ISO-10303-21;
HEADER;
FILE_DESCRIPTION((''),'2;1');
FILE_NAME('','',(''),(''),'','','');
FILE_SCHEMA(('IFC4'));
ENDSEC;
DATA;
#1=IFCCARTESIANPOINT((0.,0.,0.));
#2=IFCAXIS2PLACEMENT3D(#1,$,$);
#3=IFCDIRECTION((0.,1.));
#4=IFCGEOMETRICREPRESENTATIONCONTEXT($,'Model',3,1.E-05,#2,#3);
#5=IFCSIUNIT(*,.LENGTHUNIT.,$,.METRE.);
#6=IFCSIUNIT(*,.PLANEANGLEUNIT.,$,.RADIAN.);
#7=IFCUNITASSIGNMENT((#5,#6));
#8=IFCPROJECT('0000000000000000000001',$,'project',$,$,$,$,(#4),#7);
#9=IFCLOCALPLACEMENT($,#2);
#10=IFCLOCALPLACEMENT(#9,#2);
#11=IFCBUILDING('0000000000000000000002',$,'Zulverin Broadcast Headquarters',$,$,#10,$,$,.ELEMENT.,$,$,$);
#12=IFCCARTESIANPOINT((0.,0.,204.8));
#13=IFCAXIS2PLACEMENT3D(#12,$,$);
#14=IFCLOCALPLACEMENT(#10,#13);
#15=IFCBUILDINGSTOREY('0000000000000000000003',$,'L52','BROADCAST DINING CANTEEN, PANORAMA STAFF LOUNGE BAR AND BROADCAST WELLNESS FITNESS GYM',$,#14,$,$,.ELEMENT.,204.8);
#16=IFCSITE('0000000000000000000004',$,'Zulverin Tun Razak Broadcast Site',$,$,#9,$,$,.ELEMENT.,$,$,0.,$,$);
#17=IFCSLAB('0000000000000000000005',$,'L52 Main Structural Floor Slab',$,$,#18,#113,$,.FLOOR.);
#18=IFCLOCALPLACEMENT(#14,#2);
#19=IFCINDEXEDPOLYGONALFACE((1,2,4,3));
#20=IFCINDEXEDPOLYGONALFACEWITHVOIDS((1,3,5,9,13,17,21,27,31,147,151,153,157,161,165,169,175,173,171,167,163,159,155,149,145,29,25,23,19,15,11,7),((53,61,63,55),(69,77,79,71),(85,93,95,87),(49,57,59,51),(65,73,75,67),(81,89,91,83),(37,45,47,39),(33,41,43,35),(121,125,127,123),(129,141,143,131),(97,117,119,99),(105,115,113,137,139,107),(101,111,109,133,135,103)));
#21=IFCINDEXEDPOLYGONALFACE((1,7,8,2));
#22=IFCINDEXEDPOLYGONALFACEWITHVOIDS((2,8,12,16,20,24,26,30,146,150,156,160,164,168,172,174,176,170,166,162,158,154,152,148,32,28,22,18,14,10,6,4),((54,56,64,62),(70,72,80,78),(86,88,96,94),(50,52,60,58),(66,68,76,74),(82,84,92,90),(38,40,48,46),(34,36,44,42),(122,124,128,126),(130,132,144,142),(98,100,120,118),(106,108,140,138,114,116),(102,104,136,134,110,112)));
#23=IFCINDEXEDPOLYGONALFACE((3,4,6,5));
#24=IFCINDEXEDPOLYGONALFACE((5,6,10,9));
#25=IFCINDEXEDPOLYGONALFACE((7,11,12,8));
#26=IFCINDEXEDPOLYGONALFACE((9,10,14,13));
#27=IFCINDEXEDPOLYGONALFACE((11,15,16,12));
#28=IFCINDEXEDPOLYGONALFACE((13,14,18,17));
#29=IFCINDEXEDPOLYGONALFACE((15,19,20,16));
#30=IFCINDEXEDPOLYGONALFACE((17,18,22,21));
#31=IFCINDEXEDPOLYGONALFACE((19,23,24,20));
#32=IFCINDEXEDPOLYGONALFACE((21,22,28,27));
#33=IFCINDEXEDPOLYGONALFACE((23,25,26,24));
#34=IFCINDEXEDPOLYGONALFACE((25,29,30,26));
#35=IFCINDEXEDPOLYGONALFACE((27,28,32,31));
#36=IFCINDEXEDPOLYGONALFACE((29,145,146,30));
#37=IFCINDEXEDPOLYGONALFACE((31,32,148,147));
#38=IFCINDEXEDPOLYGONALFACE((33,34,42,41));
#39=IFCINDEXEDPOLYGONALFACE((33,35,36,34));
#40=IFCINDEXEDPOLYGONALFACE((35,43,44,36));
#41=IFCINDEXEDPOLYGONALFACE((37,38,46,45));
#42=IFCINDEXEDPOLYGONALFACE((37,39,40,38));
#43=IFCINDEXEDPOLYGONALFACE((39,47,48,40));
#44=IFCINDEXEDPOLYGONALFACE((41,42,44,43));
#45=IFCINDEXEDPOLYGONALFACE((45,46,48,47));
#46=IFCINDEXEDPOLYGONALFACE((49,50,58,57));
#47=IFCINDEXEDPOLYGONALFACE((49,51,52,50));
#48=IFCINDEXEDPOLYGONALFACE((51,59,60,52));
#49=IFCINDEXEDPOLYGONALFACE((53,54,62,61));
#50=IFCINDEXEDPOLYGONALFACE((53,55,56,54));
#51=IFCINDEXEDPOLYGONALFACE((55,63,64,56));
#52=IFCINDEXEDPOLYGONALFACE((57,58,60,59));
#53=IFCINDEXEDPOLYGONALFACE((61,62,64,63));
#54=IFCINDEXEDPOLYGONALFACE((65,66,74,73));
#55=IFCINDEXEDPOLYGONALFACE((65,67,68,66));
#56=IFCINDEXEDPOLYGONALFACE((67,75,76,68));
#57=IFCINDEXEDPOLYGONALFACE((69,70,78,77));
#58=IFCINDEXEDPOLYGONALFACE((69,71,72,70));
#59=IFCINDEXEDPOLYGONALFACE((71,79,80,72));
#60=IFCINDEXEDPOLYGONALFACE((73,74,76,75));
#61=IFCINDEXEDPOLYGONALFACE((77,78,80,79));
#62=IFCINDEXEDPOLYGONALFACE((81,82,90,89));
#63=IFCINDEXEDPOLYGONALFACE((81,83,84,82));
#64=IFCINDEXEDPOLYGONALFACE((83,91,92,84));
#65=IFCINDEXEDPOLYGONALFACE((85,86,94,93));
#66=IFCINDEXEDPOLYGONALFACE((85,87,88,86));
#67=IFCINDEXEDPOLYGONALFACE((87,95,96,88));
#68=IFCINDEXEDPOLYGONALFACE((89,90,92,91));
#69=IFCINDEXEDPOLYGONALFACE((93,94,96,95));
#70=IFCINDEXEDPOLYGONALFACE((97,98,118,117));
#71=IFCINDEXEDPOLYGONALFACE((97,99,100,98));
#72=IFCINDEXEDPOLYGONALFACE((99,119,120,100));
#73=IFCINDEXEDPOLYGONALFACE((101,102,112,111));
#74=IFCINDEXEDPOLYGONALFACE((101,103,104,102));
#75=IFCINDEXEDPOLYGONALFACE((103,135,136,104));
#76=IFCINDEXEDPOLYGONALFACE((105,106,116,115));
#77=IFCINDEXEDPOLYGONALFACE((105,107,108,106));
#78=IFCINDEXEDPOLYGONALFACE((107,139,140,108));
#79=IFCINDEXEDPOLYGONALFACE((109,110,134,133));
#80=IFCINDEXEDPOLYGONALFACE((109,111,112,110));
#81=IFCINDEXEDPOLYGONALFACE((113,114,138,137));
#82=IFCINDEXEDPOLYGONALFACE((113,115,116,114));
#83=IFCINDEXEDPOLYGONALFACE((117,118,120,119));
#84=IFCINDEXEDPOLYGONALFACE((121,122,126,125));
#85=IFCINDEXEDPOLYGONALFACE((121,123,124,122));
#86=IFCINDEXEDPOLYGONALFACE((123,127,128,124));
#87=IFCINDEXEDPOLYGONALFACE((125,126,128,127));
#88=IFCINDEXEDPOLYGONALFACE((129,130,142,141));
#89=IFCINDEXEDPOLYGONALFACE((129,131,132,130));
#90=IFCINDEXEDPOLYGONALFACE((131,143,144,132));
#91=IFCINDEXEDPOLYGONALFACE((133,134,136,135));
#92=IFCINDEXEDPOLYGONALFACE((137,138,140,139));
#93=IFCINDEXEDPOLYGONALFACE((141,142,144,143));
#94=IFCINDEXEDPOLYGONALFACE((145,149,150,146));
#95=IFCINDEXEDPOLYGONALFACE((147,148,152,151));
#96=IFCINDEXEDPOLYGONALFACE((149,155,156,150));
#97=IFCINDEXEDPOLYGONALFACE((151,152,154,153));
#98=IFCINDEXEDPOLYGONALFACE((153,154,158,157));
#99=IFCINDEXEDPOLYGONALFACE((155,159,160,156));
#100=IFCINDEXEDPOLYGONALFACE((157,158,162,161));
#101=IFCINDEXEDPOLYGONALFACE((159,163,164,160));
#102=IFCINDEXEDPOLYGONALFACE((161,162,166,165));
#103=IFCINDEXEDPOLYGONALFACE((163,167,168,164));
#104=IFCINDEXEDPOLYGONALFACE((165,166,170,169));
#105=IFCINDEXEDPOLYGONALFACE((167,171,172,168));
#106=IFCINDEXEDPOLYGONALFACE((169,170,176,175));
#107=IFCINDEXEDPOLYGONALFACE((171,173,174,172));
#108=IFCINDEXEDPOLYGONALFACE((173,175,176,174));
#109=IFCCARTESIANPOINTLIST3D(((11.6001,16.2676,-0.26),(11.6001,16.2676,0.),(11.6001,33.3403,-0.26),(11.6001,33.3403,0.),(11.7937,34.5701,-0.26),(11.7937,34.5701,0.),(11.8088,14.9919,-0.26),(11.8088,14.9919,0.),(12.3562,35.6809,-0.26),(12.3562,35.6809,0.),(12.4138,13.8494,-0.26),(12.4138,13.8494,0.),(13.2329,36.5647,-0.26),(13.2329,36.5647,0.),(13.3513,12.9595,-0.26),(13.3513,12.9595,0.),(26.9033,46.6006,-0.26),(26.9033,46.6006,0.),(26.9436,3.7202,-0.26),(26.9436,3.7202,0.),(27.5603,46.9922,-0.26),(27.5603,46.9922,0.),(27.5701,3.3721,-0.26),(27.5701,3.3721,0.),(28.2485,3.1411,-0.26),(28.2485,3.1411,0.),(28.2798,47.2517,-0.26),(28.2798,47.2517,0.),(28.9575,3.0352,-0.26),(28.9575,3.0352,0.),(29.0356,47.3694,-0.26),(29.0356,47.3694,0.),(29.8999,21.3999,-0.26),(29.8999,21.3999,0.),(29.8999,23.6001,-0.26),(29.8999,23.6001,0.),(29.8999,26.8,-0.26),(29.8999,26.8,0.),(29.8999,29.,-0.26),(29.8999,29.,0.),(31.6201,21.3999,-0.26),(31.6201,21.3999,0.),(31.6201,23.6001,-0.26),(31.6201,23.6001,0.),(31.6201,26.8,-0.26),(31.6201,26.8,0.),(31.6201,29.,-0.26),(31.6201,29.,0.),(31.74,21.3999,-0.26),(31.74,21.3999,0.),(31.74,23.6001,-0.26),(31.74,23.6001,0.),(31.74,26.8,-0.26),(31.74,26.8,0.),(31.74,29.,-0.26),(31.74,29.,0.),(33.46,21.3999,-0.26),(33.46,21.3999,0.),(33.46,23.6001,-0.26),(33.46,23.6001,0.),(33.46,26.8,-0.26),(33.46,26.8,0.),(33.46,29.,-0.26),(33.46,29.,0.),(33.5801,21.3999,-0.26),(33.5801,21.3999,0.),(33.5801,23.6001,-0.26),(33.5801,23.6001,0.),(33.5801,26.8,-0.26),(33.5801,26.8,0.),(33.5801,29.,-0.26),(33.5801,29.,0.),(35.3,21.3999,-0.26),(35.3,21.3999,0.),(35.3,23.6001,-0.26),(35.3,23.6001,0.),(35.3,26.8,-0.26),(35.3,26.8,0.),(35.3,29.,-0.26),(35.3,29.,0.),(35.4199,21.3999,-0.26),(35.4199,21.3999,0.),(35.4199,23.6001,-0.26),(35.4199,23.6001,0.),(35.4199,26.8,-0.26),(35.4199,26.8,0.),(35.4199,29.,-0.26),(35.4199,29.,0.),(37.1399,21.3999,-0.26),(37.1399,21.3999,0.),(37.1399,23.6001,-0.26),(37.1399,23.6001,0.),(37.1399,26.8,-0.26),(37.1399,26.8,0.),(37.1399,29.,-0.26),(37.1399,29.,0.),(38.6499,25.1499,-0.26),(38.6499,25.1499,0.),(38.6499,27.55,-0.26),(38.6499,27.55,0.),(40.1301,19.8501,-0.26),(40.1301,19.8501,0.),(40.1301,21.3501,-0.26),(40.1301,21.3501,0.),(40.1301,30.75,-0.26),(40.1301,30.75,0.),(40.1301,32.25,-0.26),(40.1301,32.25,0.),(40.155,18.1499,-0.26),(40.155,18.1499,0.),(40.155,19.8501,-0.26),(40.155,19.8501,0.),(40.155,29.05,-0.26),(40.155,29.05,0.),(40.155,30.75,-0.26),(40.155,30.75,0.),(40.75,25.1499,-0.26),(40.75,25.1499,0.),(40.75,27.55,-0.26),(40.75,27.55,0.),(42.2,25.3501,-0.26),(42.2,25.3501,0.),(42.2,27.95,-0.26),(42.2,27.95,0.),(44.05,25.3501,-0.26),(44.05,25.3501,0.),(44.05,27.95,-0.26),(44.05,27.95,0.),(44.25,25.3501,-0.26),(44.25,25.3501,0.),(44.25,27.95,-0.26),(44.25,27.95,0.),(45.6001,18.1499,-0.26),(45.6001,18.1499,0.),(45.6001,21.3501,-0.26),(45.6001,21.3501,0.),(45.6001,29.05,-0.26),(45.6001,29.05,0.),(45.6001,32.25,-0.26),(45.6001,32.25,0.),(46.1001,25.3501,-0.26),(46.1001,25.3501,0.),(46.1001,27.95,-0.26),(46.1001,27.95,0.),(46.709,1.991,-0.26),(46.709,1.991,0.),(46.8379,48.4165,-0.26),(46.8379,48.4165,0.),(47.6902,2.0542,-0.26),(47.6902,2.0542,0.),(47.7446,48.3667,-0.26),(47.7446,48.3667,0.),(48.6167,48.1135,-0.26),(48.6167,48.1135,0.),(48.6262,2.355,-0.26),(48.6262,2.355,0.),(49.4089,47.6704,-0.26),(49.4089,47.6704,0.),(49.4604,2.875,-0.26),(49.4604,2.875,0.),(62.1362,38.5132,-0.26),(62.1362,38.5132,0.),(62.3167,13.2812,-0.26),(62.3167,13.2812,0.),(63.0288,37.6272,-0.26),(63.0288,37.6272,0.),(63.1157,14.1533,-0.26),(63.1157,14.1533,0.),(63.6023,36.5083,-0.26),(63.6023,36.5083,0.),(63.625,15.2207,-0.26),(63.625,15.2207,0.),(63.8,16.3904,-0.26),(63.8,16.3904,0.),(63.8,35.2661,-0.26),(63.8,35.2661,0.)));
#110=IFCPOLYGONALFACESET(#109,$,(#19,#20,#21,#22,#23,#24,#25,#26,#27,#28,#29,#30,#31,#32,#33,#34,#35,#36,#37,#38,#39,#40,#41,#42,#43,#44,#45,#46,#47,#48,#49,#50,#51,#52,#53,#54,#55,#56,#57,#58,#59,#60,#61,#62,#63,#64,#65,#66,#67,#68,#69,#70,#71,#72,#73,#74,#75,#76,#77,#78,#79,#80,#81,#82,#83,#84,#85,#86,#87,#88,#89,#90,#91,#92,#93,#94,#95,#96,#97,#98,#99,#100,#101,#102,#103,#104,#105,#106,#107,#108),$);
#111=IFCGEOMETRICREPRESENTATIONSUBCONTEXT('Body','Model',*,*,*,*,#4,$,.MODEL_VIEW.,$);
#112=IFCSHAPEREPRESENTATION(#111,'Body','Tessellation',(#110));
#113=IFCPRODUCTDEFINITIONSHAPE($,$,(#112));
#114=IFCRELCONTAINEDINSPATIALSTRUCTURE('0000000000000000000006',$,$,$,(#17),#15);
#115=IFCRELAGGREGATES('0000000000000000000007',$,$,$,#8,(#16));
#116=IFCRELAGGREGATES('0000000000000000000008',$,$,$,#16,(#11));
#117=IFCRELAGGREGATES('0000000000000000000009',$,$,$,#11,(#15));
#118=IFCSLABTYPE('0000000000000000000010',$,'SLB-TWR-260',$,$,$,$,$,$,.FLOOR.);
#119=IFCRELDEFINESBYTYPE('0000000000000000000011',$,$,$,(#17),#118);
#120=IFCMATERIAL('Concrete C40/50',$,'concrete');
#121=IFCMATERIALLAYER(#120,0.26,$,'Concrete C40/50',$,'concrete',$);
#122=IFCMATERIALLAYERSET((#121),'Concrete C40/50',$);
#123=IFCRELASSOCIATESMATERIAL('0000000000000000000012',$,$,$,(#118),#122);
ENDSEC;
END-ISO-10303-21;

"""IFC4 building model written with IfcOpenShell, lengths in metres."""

from ifc_helpers import new_model, si_unit, direction, frame, origin, place, context, subcontext, project, spatial, polyline, outline, extrude, material, layer, layer_set, type_object, element, save


model = new_model("IFC4")

# Units and contexts
model_context = context("Model", 3, precision=1e-05, world=origin(), true_north=direction((0.0, 1.0)))
body_context = subcontext(model_context, "Body", "Model", "MODEL_VIEW")
ifc_project = project(units=[si_unit("LENGTHUNIT", "METRE"), si_unit("PLANEANGLEUNIT", "RADIAN")], contexts=[model_context])

# Site, building, storey
site_placement = place(None, origin())
site = spatial("IfcSite", under=ifc_project, at=site_placement, Name="Zulverin Tun Razak Broadcast Site", CompositionType="ELEMENT", RefElevation=0.0)
building_placement = place(site_placement, origin())
building = spatial("IfcBuilding", under=site, at=building_placement, Name="Zulverin Broadcast Headquarters", CompositionType="ELEMENT")
storey_placement = place(building_placement, frame((0.0, 0.0, 204.8)))
storey = spatial("IfcBuildingStorey", under=building, at=storey_placement, Name="L52", Description="BROADCAST DINING CANTEEN, PANORAMA STAFF LOUNGE BAR AND BROADCAST WELLNESS FITNESS GYM", CompositionType="ELEMENT", Elevation=204.8)

# Shared definitions
ifc_material_1 = material(Name="Concrete C40/50", Category="concrete")

# Slab
ifc_layer_1 = layer(ifc_material_1, 0.26, Name="Concrete C40/50", Category="concrete")
ifc_layer_set_1 = layer_set([ifc_layer_1], Name="Concrete C40/50")
slab_type_1 = type_object("IfcSlabType", Name="SLB-TWR-260", PredefinedType="FLOOR", material=ifc_layer_set_1)
slab_1_placement = place(storey_placement, frame((0.0, 0.0, -0.26)))
element("IfcSlab", 1, at=slab_1_placement, inside=storey, type_object=slab_type_1, Name="L52 Main Structural Floor Slab", PredefinedType="FLOOR", context=body_context, shape_type="SweptSolid", body=[
    extrude(outline(polyline([(26.9436, 3.7202), (27.5701, 3.3721), (28.2485, 3.1411), (28.9575, 3.0352), (46.709, 1.991), (47.6902, 2.0542), (48.6262, 2.355), (49.4604, 2.875), (62.3167, 13.2812), (63.1157, 14.1533), (63.625, 15.2207), (63.8, 16.3904), (63.8, 35.2661), (63.6023, 36.5083), (63.0288, 37.6272), (62.1362, 38.5132), (49.4089, 47.6704), (48.6167, 48.1135), (47.7446, 48.3667), (46.8379, 48.4165), (29.0356, 47.3694), (28.2798, 47.2517), (27.5603, 46.9922), (26.9033, 46.6006), (13.2329, 36.5647), (12.3562, 35.6809), (11.7937, 34.5701), (11.6001, 33.3403), (11.6001, 16.2676), (11.8088, 14.9919), (12.4138, 13.8494), (13.3513, 12.9595), (26.9436, 3.7202)]), holes=[polyline([(40.155, 30.75), (40.1301, 30.75), (40.1301, 32.25), (45.6001, 32.25), (45.6001, 29.05), (40.155, 29.05), (40.155, 30.75)]), polyline([(40.155, 19.8501), (40.1301, 19.8501), (40.1301, 21.3501), (45.6001, 21.3501), (45.6001, 18.1499), (40.155, 18.1499), (40.155, 19.8501)]), polyline([(29.8999, 21.3999), (31.6201, 21.3999), (31.6201, 23.6001), (29.8999, 23.6001), (29.8999, 21.3999)]), polyline([(31.74, 21.3999), (33.46, 21.3999), (33.46, 23.6001), (31.74, 23.6001), (31.74, 21.3999)]), polyline([(33.5801, 21.3999), (35.3, 21.3999), (35.3, 23.6001), (33.5801, 23.6001), (33.5801, 21.3999)]), polyline([(35.4199, 21.3999), (37.1399, 21.3999), (37.1399, 23.6001), (35.4199, 23.6001), (35.4199, 21.3999)]), polyline([(29.8999, 26.8), (31.6201, 26.8), (31.6201, 29.0), (29.8999, 29.0), (29.8999, 26.8)]), polyline([(31.74, 26.8), (33.46, 26.8), (33.46, 29.0), (31.74, 29.0), (31.74, 26.8)]), polyline([(33.5801, 26.8), (35.3, 26.8), (35.3, 29.0), (33.5801, 29.0), (33.5801, 26.8)]), polyline([(35.4199, 26.8), (37.1399, 26.8), (37.1399, 29.0), (35.4199, 29.0), (35.4199, 26.8)]), polyline([(42.2, 25.3501), (44.05, 25.3501), (44.05, 27.95), (42.2, 27.95), (42.2, 25.3501)]), polyline([(44.25, 25.3501), (46.1001, 25.3501), (46.1001, 27.95), (44.25, 27.95), (44.25, 25.3501)]), polyline([(38.6499, 25.1499), (40.75, 25.1499), (40.75, 27.55), (38.6499, 27.55), (38.6499, 25.1499)])]), origin(), (0.0, 0.0, 1.0), 0.26),
])

save(model, "model.ifc")
